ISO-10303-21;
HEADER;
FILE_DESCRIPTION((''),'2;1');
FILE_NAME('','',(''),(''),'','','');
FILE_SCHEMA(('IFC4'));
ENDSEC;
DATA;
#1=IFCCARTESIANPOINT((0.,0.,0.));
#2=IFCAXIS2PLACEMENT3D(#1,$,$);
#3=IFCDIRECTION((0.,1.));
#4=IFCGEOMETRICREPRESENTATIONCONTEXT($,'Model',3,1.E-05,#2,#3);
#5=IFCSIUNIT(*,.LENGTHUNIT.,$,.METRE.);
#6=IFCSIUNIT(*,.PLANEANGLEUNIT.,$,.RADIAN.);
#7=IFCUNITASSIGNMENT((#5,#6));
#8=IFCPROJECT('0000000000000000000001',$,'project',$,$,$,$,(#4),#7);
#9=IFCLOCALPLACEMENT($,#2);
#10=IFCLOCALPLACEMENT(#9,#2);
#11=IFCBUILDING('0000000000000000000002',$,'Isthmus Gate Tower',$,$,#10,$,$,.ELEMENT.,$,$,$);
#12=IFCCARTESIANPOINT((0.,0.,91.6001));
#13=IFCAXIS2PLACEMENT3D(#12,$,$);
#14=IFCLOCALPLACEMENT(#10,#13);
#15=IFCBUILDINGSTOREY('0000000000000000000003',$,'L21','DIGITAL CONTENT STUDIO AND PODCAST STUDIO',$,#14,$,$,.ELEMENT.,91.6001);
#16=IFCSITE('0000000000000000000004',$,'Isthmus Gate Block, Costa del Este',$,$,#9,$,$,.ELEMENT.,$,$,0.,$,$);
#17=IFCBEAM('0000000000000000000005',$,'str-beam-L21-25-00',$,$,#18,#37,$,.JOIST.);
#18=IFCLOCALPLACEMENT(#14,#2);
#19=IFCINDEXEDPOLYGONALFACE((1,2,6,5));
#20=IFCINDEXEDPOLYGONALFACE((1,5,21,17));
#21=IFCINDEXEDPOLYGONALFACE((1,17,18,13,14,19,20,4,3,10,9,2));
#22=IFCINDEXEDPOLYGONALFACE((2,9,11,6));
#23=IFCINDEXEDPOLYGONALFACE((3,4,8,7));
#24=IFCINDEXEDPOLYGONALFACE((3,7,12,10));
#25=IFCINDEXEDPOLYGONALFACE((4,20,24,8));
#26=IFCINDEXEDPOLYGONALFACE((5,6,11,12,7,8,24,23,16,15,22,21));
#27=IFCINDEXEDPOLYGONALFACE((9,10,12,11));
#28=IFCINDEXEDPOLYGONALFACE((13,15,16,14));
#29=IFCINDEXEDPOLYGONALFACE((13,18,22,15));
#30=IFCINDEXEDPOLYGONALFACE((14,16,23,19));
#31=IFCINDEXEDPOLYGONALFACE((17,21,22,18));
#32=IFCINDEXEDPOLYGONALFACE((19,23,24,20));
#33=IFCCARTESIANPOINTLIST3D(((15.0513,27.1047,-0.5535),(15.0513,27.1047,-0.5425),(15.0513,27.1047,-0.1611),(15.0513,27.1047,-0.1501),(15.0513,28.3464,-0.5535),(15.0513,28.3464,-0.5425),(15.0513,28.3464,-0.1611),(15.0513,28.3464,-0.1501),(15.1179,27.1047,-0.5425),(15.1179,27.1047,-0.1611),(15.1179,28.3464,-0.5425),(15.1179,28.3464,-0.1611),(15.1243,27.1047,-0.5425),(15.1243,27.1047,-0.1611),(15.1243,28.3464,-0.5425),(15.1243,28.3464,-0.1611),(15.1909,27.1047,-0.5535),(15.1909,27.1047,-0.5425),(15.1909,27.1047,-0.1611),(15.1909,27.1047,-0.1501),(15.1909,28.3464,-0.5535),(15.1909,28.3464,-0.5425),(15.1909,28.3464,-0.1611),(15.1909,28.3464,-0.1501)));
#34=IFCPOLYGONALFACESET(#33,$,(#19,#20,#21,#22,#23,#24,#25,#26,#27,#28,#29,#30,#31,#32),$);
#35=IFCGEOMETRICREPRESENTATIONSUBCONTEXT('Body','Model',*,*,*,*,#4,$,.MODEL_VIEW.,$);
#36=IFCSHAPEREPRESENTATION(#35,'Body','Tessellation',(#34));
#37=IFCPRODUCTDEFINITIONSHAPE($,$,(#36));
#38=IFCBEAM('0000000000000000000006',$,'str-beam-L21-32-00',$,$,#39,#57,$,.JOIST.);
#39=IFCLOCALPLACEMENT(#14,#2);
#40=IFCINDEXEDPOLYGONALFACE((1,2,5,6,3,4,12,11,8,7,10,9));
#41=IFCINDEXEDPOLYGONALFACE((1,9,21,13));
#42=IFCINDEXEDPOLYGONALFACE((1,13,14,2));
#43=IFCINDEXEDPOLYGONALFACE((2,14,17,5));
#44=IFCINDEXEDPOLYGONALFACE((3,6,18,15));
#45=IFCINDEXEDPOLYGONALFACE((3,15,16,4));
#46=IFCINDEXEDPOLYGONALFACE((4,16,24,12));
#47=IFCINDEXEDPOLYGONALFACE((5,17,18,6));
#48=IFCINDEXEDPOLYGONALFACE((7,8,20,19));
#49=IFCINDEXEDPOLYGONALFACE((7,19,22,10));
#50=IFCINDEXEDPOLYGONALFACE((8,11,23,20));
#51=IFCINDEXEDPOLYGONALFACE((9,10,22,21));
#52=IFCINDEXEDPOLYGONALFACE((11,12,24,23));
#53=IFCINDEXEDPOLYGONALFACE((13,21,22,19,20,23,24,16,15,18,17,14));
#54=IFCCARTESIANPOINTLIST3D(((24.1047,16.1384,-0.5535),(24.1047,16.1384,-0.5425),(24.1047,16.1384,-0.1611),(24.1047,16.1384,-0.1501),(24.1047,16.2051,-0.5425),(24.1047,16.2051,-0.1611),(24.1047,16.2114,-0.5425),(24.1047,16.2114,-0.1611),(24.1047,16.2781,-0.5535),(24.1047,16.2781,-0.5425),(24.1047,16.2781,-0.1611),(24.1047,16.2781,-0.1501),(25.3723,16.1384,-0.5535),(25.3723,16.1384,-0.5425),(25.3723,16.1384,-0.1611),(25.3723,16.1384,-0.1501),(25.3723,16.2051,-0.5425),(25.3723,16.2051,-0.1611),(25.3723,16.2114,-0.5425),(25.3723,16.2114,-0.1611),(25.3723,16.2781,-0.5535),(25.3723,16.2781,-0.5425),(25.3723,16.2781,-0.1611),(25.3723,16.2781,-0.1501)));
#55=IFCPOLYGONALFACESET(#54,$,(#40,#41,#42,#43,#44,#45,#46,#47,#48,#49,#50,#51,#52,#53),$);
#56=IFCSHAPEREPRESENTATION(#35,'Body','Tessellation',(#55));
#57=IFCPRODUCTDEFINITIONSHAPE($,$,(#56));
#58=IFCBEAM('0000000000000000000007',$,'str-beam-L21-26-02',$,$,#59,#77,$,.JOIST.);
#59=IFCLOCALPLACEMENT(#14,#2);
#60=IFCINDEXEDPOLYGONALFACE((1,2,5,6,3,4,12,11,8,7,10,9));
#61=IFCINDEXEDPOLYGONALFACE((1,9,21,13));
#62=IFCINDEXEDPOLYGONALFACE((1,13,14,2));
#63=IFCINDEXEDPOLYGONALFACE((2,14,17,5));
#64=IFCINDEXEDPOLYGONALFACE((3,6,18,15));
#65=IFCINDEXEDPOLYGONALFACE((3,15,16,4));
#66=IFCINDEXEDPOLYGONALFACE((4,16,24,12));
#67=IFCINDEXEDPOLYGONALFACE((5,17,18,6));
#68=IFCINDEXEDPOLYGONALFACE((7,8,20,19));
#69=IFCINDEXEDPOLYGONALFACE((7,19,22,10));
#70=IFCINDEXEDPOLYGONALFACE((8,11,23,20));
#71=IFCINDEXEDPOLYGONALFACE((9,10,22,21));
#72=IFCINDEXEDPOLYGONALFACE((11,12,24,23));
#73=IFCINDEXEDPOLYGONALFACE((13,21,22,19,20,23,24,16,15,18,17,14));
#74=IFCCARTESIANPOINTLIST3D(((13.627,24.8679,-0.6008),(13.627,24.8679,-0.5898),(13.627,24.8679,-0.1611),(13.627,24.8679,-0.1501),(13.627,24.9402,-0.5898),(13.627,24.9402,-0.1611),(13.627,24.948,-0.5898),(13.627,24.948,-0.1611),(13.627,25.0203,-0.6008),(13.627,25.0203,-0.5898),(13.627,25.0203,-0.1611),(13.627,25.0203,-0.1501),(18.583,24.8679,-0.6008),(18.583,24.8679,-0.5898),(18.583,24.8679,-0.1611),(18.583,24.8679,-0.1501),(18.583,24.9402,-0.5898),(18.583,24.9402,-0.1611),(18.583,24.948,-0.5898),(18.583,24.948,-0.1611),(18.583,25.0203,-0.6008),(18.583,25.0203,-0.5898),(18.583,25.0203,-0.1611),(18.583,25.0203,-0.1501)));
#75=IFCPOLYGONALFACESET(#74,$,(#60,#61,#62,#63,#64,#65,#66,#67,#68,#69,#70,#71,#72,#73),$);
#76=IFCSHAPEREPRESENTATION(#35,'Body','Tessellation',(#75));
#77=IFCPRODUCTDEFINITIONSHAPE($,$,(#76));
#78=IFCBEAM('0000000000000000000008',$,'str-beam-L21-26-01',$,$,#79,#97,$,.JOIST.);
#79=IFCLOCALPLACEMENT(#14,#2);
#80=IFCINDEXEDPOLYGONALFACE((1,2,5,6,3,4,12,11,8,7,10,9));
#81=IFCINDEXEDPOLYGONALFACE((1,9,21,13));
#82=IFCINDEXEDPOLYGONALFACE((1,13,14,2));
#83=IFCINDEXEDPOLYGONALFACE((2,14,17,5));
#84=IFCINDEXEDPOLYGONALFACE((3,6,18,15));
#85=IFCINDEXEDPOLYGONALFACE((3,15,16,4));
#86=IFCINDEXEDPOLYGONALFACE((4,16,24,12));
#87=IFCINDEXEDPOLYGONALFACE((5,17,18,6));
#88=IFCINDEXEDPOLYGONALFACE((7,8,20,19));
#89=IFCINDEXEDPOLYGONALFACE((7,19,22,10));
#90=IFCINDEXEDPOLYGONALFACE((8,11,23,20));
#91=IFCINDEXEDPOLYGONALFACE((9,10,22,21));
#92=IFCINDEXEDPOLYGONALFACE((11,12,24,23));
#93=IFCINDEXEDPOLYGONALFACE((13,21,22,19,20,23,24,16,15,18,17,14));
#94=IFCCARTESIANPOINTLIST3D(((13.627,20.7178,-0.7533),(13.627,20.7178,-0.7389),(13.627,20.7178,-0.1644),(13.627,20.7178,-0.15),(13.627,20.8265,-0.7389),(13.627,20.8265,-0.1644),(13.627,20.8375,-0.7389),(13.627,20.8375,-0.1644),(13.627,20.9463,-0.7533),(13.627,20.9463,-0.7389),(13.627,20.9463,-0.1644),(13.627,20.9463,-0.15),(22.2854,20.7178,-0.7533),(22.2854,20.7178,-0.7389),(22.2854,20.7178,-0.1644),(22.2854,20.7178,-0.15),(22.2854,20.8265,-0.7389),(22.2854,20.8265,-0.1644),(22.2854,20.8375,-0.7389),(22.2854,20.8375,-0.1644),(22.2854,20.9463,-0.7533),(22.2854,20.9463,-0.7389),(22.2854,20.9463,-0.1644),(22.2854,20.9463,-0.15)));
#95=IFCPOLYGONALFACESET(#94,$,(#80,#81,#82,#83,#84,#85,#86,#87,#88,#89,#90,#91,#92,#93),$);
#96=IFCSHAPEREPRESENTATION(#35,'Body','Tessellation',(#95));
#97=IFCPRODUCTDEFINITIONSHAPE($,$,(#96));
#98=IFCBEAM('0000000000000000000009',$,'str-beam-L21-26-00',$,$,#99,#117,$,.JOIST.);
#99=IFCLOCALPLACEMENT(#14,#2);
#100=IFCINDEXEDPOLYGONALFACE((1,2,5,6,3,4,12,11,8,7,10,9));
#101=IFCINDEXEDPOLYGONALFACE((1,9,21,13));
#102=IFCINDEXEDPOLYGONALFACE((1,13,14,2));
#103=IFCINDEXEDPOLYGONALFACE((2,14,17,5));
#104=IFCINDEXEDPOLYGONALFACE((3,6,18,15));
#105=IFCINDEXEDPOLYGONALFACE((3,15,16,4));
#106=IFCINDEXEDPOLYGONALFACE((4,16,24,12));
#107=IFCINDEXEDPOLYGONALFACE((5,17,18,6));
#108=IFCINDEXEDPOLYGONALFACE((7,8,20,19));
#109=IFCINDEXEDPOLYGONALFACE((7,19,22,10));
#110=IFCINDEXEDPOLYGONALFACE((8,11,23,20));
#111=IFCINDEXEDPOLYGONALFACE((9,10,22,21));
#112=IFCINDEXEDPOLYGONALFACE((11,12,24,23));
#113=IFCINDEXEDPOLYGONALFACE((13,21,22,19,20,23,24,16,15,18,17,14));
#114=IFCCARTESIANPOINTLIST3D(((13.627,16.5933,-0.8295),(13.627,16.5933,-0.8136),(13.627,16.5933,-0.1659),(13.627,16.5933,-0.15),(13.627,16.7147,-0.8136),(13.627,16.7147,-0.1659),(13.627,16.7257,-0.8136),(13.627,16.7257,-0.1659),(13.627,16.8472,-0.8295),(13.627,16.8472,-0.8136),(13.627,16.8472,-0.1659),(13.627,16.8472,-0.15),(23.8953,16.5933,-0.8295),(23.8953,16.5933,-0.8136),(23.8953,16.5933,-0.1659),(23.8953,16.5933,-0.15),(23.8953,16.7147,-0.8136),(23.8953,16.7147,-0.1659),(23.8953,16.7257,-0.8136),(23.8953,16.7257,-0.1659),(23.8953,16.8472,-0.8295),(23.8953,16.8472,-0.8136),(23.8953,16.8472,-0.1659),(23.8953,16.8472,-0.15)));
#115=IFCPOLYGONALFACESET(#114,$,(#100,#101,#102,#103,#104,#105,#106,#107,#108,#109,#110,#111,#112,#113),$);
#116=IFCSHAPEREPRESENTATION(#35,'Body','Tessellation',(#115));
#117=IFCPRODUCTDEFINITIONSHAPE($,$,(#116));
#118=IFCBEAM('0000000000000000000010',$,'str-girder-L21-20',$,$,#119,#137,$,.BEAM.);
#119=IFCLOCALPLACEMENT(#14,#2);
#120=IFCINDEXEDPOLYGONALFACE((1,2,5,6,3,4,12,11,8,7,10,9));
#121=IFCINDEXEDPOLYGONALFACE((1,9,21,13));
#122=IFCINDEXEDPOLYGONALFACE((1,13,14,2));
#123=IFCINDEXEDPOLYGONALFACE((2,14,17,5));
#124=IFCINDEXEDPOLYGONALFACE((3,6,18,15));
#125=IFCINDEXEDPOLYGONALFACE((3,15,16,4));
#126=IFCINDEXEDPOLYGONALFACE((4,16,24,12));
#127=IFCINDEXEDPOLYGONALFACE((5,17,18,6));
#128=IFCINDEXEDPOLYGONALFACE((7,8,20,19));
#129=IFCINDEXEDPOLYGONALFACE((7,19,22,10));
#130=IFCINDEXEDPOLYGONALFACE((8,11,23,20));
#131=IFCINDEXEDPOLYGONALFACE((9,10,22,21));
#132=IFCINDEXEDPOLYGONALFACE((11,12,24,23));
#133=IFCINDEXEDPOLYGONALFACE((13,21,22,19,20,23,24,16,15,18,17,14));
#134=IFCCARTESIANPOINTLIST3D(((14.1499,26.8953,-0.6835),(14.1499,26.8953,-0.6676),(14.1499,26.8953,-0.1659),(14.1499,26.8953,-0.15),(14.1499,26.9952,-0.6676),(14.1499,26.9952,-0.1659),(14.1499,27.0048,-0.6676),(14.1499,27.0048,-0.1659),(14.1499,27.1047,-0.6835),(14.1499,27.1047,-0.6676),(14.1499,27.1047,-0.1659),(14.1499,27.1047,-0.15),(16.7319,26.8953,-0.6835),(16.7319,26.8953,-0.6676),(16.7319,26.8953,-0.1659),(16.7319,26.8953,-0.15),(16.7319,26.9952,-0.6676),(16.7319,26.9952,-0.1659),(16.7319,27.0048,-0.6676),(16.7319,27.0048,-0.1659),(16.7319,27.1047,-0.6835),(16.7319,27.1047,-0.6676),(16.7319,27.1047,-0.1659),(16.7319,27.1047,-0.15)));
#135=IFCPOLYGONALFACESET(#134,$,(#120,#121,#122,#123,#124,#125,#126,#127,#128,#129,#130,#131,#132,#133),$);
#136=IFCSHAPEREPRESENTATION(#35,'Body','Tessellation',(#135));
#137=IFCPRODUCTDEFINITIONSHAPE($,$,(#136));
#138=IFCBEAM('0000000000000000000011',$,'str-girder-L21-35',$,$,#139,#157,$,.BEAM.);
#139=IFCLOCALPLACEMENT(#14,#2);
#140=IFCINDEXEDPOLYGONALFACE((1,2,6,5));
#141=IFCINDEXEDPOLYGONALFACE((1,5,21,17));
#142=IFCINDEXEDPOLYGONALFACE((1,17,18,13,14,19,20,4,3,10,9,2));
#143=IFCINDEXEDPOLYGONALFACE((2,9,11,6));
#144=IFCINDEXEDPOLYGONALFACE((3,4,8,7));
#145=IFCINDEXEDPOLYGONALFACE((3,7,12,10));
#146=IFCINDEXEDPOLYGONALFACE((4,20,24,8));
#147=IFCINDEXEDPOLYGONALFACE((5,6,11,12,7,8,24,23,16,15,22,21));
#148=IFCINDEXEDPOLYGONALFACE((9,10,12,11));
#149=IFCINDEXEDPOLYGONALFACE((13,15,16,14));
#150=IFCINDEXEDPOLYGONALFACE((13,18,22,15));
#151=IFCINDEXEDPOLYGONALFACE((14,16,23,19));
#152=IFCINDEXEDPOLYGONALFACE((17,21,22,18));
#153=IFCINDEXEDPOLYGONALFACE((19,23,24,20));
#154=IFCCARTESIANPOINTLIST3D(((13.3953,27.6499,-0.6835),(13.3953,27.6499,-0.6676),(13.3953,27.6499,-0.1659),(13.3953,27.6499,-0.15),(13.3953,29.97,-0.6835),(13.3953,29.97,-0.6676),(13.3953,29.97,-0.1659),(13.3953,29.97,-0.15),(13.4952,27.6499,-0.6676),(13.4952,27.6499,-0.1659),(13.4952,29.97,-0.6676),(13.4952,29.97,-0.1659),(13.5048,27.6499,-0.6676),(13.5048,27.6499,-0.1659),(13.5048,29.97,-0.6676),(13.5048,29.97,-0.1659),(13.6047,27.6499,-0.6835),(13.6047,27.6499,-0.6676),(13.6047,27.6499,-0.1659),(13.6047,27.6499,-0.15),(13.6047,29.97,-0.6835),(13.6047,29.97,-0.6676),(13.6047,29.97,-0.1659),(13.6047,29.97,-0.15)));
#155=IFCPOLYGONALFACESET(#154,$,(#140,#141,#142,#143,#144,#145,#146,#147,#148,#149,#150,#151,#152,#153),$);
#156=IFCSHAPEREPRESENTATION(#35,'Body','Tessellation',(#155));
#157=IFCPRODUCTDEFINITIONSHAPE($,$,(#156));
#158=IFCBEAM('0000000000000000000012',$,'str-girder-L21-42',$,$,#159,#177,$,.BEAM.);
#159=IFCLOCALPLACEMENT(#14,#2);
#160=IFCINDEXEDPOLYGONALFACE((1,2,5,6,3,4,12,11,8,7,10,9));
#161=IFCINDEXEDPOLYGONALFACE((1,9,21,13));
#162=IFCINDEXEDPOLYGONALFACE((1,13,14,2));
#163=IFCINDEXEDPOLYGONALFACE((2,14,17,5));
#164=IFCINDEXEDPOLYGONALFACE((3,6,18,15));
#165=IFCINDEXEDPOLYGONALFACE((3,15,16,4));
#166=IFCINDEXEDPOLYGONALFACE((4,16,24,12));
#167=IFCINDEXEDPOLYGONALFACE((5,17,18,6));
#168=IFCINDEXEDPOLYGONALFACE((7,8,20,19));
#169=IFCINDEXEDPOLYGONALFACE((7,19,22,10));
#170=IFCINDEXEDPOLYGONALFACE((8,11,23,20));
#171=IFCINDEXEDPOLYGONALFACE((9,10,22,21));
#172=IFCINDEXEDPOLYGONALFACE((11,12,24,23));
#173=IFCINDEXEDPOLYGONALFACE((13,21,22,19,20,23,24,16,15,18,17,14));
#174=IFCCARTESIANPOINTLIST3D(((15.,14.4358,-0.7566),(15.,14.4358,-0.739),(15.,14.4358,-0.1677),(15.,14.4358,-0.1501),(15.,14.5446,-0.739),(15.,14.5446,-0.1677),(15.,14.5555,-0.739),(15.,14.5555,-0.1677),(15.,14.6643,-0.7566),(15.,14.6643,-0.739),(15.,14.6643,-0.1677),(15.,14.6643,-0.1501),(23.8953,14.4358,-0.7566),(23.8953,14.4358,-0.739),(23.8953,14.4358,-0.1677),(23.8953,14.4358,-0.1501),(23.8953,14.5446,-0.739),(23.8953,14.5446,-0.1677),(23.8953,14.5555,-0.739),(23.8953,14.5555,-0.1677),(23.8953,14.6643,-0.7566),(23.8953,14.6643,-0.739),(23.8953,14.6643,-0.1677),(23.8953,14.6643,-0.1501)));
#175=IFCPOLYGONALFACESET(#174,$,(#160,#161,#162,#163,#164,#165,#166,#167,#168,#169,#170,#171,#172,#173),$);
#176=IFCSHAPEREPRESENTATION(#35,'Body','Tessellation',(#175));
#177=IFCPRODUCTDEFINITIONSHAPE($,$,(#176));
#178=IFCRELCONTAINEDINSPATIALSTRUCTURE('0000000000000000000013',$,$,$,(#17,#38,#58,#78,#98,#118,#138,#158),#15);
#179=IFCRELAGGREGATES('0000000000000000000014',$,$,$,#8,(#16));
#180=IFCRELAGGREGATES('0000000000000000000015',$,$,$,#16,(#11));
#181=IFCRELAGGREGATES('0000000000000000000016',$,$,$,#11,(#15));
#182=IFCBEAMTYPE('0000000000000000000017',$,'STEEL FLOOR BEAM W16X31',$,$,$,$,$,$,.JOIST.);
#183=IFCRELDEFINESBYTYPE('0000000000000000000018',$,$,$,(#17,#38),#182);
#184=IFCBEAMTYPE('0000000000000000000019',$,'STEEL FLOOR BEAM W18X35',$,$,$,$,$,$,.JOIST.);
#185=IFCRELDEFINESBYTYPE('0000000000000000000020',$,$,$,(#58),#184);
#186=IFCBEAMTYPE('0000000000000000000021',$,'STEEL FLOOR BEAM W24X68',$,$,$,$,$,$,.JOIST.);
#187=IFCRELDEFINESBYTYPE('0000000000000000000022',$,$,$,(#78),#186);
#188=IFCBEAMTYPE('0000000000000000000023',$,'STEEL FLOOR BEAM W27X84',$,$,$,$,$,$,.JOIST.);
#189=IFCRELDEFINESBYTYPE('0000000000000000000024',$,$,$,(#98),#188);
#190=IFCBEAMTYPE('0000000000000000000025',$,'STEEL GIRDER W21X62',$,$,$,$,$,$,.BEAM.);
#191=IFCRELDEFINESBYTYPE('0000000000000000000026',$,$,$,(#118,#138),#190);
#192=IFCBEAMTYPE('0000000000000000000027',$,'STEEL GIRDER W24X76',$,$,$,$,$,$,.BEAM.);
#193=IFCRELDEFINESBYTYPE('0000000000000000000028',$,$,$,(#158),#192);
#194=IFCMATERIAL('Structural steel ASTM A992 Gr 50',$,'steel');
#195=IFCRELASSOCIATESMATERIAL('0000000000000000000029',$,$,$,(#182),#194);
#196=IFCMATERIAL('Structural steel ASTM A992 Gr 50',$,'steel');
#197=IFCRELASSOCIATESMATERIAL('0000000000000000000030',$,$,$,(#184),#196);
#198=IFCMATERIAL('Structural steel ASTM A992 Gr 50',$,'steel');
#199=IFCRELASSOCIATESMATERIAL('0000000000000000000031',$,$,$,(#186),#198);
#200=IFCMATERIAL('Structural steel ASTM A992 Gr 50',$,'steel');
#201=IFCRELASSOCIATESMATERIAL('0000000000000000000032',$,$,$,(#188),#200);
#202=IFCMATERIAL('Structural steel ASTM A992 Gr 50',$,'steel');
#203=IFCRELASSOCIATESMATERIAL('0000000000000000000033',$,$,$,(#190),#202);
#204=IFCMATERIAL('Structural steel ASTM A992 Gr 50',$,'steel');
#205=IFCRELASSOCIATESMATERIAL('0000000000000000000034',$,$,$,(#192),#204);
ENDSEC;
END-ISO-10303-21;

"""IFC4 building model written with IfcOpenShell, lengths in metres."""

from ifc_helpers import new_model, si_unit, direction, frame, origin, origin_2d, place, context, subcontext, project, spatial, i_section, extrude, material, material_profile, profile_set, type_object, element, save


model = new_model("IFC4")

# Units and contexts
model_context = context("Model", 3, precision=1e-05, world=origin(), true_north=direction((0.0, 1.0)))
body_context = subcontext(model_context, "Body", "Model", "MODEL_VIEW")
ifc_project = project(units=[si_unit("LENGTHUNIT", "METRE"), si_unit("PLANEANGLEUNIT", "RADIAN")], contexts=[model_context])

# Site, building, storey
site_placement = place(None, origin())
site = spatial("IfcSite", under=ifc_project, at=site_placement, Name="Isthmus Gate Block, Costa del Este", CompositionType="ELEMENT", RefElevation=0.0)
building_placement = place(site_placement, origin())
building = spatial("IfcBuilding", under=site, at=building_placement, Name="Isthmus Gate Tower", CompositionType="ELEMENT")
storey_placement = place(building_placement, frame((0.0, 0.0, 91.6001)))
storey = spatial("IfcBuildingStorey", under=building, at=storey_placement, Name="L21", Description="DIGITAL CONTENT STUDIO AND PODCAST STUDIO", CompositionType="ELEMENT", Elevation=91.6001)

# Beams
ifc_material_1 = material(Name="Structural steel ASTM A992 Gr 50", Category="steel")
ifc_material_profile_1 = material_profile(ifc_material_1, i_section(OverallWidth=0.1396, OverallDepth=0.4033, WebThickness=0.0063, FlangeThickness=0.011, at=origin_2d()), Name="W16X31")
ifc_profile_set_1 = profile_set([ifc_material_profile_1], Name="Structural steel ASTM A992 Gr 50")
beam_type_1 = type_object("IfcBeamType", Name="STEEL FLOOR BEAM W16X31", PredefinedType="JOIST", material=ifc_profile_set_1)
beam_1_placement = place(storey_placement, frame((15.1211, 27.1047, -0.3518), z_axis=(0.0, 1.0, 0.0), x_axis=(-1.0, 0.0, 0.0)))
element("IfcBeam", 1, at=beam_1_placement, inside=storey, type_object=beam_type_1, Name="str-beam-L21-25-00", PredefinedType="JOIST", context=body_context, shape_type="SweptSolid", body=[
    extrude(i_section(OverallWidth=0.1396, OverallDepth=0.4033, WebThickness=0.0063, FlangeThickness=0.011, at=origin_2d()), origin(), (0.0, 0.0, 1.0), 1.2417),
])
beam_2_placement = place(storey_placement, frame((24.1047, 16.2083, -0.3518), z_axis=(1.0, 0.0, 0.0), x_axis=(0.0, 1.0, 0.0)))
element("IfcBeam", 2, at=beam_2_placement, inside=storey, type_object=beam_type_1, Name="str-beam-L21-32-00", PredefinedType="JOIST", context=body_context, shape_type="SweptSolid", body=[
    extrude(i_section(OverallWidth=0.1396, OverallDepth=0.4033, WebThickness=0.0063, FlangeThickness=0.011, at=origin_2d()), origin(), (0.0, 0.0, 1.0), 1.2676),
])
ifc_material_2 = material(Name="Structural steel ASTM A992 Gr 50", Category="steel")
ifc_material_profile_2 = material_profile(ifc_material_2, i_section(OverallWidth=0.1523, OverallDepth=0.4507, WebThickness=0.0078, FlangeThickness=0.011, at=origin_2d()), Name="W18X35")
ifc_profile_set_2 = profile_set([ifc_material_profile_2], Name="Structural steel ASTM A992 Gr 50")
beam_type_2 = type_object("IfcBeamType", Name="STEEL FLOOR BEAM W18X35", PredefinedType="JOIST", material=ifc_profile_set_2)
beam_3_placement = place(storey_placement, frame((13.627, 24.9441, -0.3755), z_axis=(1.0, 0.0, 0.0), x_axis=(0.0, 1.0, 0.0)))
element("IfcBeam", 3, at=beam_3_placement, inside=storey, type_object=beam_type_2, Name="str-beam-L21-26-02", PredefinedType="JOIST", context=body_context, shape_type="SweptSolid", body=[
    extrude(i_section(OverallWidth=0.1523, OverallDepth=0.4507, WebThickness=0.0078, FlangeThickness=0.011, at=origin_2d()), origin(), (0.0, 0.0, 1.0), 4.9561),
])
ifc_material_3 = material(Name="Structural steel ASTM A992 Gr 50", Category="steel")
ifc_material_profile_3 = material_profile(ifc_material_3, i_section(OverallWidth=0.2285, OverallDepth=0.6033, WebThickness=0.011, FlangeThickness=0.0144, at=origin_2d()), Name="W24X68")
ifc_profile_set_3 = profile_set([ifc_material_profile_3], Name="Structural steel ASTM A992 Gr 50")
beam_type_3 = type_object("IfcBeamType", Name="STEEL FLOOR BEAM W24X68", PredefinedType="JOIST", material=ifc_profile_set_3)
beam_4_placement = place(storey_placement, frame((13.627, 20.832, -0.4517), z_axis=(1.0, 0.0, 0.0), x_axis=(0.0, 1.0, 0.0)))
element("IfcBeam", 4, at=beam_4_placement, inside=storey, type_object=beam_type_3, Name="str-beam-L21-26-01", PredefinedType="JOIST", context=body_context, shape_type="SweptSolid", body=[
    extrude(i_section(OverallWidth=0.2285, OverallDepth=0.6033, WebThickness=0.011, FlangeThickness=0.0144, at=origin_2d()), origin(), (0.0, 0.0, 1.0), 8.6584),
])
ifc_material_4 = material(Name="Structural steel ASTM A992 Gr 50", Category="steel")
ifc_material_profile_4 = material_profile(ifc_material_4, i_section(OverallWidth=0.2539, OverallDepth=0.6794, WebThickness=0.011, FlangeThickness=0.0159, at=origin_2d()), Name="W27X84")
ifc_profile_set_4 = profile_set([ifc_material_profile_4], Name="Structural steel ASTM A992 Gr 50")
beam_type_4 = type_object("IfcBeamType", Name="STEEL FLOOR BEAM W27X84", PredefinedType="JOIST", material=ifc_profile_set_4)
beam_5_placement = place(storey_placement, frame((13.627, 16.7202, -0.4897), z_axis=(1.0, 0.0, 0.0), x_axis=(0.0, 1.0, 0.0)))
element("IfcBeam", 5, at=beam_5_placement, inside=storey, type_object=beam_type_4, Name="str-beam-L21-26-00", PredefinedType="JOIST", context=body_context, shape_type="SweptSolid", body=[
    extrude(i_section(OverallWidth=0.2539, OverallDepth=0.6794, WebThickness=0.011, FlangeThickness=0.0159, at=origin_2d()), origin(), (0.0, 0.0, 1.0), 10.2683),
])
ifc_material_5 = material(Name="Structural steel ASTM A992 Gr 50", Category="steel")
ifc_material_profile_5 = material_profile(ifc_material_5, i_section(OverallWidth=0.2095, OverallDepth=0.5334, WebThickness=0.0095, FlangeThickness=0.0159, at=origin_2d()), Name="W21X62")
ifc_profile_set_5 = profile_set([ifc_material_profile_5], Name="Structural steel ASTM A992 Gr 50")
beam_type_5 = type_object("IfcBeamType", Name="STEEL GIRDER W21X62", PredefinedType="BEAM", material=ifc_profile_set_5)
beam_6_placement = place(storey_placement, frame((14.1499, 27.0, -0.4167), z_axis=(1.0, 0.0, 0.0), x_axis=(0.0, 1.0, 0.0)))
element("IfcBeam", 6, at=beam_6_placement, inside=storey, type_object=beam_type_5, Name="str-girder-L21-20", PredefinedType="BEAM", context=body_context, shape_type="SweptSolid", body=[
    extrude(i_section(OverallWidth=0.2095, OverallDepth=0.5334, WebThickness=0.0095, FlangeThickness=0.0159, at=origin_2d()), origin(), (0.0, 0.0, 1.0), 2.582),
])
beam_7_placement = place(storey_placement, frame((13.5, 27.6499, -0.4167), z_axis=(0.0, 1.0, 0.0), x_axis=(-1.0, 0.0, 0.0)))
element("IfcBeam", 7, at=beam_7_placement, inside=storey, type_object=beam_type_5, Name="str-girder-L21-35", PredefinedType="BEAM", context=body_context, shape_type="SweptSolid", body=[
    extrude(i_section(OverallWidth=0.2095, OverallDepth=0.5334, WebThickness=0.0095, FlangeThickness=0.0159, at=origin_2d()), origin(), (0.0, 0.0, 1.0), 2.3201),
])
ifc_material_6 = material(Name="Structural steel ASTM A992 Gr 50", Category="steel")
ifc_material_profile_6 = material_profile(ifc_material_6, i_section(OverallWidth=0.2285, OverallDepth=0.6064, WebThickness=0.011, FlangeThickness=0.0176, at=origin_2d()), Name="W24X76")
ifc_profile_set_6 = profile_set([ifc_material_profile_6], Name="Structural steel ASTM A992 Gr 50")
beam_type_6 = type_object("IfcBeamType", Name="STEEL GIRDER W24X76", PredefinedType="BEAM", material=ifc_profile_set_6)
beam_8_placement = place(storey_placement, frame((15.0, 14.55, -0.4534), z_axis=(1.0, 0.0, 0.0), x_axis=(0.0, 1.0, 0.0)))
element("IfcBeam", 8, at=beam_8_placement, inside=storey, type_object=beam_type_6, Name="str-girder-L21-42", PredefinedType="BEAM", context=body_context, shape_type="SweptSolid", body=[
    extrude(i_section(OverallWidth=0.2285, OverallDepth=0.6064, WebThickness=0.011, FlangeThickness=0.0176, at=origin_2d()), origin(), (0.0, 0.0, 1.0), 8.8953),
])

save(model, "model.ifc")
